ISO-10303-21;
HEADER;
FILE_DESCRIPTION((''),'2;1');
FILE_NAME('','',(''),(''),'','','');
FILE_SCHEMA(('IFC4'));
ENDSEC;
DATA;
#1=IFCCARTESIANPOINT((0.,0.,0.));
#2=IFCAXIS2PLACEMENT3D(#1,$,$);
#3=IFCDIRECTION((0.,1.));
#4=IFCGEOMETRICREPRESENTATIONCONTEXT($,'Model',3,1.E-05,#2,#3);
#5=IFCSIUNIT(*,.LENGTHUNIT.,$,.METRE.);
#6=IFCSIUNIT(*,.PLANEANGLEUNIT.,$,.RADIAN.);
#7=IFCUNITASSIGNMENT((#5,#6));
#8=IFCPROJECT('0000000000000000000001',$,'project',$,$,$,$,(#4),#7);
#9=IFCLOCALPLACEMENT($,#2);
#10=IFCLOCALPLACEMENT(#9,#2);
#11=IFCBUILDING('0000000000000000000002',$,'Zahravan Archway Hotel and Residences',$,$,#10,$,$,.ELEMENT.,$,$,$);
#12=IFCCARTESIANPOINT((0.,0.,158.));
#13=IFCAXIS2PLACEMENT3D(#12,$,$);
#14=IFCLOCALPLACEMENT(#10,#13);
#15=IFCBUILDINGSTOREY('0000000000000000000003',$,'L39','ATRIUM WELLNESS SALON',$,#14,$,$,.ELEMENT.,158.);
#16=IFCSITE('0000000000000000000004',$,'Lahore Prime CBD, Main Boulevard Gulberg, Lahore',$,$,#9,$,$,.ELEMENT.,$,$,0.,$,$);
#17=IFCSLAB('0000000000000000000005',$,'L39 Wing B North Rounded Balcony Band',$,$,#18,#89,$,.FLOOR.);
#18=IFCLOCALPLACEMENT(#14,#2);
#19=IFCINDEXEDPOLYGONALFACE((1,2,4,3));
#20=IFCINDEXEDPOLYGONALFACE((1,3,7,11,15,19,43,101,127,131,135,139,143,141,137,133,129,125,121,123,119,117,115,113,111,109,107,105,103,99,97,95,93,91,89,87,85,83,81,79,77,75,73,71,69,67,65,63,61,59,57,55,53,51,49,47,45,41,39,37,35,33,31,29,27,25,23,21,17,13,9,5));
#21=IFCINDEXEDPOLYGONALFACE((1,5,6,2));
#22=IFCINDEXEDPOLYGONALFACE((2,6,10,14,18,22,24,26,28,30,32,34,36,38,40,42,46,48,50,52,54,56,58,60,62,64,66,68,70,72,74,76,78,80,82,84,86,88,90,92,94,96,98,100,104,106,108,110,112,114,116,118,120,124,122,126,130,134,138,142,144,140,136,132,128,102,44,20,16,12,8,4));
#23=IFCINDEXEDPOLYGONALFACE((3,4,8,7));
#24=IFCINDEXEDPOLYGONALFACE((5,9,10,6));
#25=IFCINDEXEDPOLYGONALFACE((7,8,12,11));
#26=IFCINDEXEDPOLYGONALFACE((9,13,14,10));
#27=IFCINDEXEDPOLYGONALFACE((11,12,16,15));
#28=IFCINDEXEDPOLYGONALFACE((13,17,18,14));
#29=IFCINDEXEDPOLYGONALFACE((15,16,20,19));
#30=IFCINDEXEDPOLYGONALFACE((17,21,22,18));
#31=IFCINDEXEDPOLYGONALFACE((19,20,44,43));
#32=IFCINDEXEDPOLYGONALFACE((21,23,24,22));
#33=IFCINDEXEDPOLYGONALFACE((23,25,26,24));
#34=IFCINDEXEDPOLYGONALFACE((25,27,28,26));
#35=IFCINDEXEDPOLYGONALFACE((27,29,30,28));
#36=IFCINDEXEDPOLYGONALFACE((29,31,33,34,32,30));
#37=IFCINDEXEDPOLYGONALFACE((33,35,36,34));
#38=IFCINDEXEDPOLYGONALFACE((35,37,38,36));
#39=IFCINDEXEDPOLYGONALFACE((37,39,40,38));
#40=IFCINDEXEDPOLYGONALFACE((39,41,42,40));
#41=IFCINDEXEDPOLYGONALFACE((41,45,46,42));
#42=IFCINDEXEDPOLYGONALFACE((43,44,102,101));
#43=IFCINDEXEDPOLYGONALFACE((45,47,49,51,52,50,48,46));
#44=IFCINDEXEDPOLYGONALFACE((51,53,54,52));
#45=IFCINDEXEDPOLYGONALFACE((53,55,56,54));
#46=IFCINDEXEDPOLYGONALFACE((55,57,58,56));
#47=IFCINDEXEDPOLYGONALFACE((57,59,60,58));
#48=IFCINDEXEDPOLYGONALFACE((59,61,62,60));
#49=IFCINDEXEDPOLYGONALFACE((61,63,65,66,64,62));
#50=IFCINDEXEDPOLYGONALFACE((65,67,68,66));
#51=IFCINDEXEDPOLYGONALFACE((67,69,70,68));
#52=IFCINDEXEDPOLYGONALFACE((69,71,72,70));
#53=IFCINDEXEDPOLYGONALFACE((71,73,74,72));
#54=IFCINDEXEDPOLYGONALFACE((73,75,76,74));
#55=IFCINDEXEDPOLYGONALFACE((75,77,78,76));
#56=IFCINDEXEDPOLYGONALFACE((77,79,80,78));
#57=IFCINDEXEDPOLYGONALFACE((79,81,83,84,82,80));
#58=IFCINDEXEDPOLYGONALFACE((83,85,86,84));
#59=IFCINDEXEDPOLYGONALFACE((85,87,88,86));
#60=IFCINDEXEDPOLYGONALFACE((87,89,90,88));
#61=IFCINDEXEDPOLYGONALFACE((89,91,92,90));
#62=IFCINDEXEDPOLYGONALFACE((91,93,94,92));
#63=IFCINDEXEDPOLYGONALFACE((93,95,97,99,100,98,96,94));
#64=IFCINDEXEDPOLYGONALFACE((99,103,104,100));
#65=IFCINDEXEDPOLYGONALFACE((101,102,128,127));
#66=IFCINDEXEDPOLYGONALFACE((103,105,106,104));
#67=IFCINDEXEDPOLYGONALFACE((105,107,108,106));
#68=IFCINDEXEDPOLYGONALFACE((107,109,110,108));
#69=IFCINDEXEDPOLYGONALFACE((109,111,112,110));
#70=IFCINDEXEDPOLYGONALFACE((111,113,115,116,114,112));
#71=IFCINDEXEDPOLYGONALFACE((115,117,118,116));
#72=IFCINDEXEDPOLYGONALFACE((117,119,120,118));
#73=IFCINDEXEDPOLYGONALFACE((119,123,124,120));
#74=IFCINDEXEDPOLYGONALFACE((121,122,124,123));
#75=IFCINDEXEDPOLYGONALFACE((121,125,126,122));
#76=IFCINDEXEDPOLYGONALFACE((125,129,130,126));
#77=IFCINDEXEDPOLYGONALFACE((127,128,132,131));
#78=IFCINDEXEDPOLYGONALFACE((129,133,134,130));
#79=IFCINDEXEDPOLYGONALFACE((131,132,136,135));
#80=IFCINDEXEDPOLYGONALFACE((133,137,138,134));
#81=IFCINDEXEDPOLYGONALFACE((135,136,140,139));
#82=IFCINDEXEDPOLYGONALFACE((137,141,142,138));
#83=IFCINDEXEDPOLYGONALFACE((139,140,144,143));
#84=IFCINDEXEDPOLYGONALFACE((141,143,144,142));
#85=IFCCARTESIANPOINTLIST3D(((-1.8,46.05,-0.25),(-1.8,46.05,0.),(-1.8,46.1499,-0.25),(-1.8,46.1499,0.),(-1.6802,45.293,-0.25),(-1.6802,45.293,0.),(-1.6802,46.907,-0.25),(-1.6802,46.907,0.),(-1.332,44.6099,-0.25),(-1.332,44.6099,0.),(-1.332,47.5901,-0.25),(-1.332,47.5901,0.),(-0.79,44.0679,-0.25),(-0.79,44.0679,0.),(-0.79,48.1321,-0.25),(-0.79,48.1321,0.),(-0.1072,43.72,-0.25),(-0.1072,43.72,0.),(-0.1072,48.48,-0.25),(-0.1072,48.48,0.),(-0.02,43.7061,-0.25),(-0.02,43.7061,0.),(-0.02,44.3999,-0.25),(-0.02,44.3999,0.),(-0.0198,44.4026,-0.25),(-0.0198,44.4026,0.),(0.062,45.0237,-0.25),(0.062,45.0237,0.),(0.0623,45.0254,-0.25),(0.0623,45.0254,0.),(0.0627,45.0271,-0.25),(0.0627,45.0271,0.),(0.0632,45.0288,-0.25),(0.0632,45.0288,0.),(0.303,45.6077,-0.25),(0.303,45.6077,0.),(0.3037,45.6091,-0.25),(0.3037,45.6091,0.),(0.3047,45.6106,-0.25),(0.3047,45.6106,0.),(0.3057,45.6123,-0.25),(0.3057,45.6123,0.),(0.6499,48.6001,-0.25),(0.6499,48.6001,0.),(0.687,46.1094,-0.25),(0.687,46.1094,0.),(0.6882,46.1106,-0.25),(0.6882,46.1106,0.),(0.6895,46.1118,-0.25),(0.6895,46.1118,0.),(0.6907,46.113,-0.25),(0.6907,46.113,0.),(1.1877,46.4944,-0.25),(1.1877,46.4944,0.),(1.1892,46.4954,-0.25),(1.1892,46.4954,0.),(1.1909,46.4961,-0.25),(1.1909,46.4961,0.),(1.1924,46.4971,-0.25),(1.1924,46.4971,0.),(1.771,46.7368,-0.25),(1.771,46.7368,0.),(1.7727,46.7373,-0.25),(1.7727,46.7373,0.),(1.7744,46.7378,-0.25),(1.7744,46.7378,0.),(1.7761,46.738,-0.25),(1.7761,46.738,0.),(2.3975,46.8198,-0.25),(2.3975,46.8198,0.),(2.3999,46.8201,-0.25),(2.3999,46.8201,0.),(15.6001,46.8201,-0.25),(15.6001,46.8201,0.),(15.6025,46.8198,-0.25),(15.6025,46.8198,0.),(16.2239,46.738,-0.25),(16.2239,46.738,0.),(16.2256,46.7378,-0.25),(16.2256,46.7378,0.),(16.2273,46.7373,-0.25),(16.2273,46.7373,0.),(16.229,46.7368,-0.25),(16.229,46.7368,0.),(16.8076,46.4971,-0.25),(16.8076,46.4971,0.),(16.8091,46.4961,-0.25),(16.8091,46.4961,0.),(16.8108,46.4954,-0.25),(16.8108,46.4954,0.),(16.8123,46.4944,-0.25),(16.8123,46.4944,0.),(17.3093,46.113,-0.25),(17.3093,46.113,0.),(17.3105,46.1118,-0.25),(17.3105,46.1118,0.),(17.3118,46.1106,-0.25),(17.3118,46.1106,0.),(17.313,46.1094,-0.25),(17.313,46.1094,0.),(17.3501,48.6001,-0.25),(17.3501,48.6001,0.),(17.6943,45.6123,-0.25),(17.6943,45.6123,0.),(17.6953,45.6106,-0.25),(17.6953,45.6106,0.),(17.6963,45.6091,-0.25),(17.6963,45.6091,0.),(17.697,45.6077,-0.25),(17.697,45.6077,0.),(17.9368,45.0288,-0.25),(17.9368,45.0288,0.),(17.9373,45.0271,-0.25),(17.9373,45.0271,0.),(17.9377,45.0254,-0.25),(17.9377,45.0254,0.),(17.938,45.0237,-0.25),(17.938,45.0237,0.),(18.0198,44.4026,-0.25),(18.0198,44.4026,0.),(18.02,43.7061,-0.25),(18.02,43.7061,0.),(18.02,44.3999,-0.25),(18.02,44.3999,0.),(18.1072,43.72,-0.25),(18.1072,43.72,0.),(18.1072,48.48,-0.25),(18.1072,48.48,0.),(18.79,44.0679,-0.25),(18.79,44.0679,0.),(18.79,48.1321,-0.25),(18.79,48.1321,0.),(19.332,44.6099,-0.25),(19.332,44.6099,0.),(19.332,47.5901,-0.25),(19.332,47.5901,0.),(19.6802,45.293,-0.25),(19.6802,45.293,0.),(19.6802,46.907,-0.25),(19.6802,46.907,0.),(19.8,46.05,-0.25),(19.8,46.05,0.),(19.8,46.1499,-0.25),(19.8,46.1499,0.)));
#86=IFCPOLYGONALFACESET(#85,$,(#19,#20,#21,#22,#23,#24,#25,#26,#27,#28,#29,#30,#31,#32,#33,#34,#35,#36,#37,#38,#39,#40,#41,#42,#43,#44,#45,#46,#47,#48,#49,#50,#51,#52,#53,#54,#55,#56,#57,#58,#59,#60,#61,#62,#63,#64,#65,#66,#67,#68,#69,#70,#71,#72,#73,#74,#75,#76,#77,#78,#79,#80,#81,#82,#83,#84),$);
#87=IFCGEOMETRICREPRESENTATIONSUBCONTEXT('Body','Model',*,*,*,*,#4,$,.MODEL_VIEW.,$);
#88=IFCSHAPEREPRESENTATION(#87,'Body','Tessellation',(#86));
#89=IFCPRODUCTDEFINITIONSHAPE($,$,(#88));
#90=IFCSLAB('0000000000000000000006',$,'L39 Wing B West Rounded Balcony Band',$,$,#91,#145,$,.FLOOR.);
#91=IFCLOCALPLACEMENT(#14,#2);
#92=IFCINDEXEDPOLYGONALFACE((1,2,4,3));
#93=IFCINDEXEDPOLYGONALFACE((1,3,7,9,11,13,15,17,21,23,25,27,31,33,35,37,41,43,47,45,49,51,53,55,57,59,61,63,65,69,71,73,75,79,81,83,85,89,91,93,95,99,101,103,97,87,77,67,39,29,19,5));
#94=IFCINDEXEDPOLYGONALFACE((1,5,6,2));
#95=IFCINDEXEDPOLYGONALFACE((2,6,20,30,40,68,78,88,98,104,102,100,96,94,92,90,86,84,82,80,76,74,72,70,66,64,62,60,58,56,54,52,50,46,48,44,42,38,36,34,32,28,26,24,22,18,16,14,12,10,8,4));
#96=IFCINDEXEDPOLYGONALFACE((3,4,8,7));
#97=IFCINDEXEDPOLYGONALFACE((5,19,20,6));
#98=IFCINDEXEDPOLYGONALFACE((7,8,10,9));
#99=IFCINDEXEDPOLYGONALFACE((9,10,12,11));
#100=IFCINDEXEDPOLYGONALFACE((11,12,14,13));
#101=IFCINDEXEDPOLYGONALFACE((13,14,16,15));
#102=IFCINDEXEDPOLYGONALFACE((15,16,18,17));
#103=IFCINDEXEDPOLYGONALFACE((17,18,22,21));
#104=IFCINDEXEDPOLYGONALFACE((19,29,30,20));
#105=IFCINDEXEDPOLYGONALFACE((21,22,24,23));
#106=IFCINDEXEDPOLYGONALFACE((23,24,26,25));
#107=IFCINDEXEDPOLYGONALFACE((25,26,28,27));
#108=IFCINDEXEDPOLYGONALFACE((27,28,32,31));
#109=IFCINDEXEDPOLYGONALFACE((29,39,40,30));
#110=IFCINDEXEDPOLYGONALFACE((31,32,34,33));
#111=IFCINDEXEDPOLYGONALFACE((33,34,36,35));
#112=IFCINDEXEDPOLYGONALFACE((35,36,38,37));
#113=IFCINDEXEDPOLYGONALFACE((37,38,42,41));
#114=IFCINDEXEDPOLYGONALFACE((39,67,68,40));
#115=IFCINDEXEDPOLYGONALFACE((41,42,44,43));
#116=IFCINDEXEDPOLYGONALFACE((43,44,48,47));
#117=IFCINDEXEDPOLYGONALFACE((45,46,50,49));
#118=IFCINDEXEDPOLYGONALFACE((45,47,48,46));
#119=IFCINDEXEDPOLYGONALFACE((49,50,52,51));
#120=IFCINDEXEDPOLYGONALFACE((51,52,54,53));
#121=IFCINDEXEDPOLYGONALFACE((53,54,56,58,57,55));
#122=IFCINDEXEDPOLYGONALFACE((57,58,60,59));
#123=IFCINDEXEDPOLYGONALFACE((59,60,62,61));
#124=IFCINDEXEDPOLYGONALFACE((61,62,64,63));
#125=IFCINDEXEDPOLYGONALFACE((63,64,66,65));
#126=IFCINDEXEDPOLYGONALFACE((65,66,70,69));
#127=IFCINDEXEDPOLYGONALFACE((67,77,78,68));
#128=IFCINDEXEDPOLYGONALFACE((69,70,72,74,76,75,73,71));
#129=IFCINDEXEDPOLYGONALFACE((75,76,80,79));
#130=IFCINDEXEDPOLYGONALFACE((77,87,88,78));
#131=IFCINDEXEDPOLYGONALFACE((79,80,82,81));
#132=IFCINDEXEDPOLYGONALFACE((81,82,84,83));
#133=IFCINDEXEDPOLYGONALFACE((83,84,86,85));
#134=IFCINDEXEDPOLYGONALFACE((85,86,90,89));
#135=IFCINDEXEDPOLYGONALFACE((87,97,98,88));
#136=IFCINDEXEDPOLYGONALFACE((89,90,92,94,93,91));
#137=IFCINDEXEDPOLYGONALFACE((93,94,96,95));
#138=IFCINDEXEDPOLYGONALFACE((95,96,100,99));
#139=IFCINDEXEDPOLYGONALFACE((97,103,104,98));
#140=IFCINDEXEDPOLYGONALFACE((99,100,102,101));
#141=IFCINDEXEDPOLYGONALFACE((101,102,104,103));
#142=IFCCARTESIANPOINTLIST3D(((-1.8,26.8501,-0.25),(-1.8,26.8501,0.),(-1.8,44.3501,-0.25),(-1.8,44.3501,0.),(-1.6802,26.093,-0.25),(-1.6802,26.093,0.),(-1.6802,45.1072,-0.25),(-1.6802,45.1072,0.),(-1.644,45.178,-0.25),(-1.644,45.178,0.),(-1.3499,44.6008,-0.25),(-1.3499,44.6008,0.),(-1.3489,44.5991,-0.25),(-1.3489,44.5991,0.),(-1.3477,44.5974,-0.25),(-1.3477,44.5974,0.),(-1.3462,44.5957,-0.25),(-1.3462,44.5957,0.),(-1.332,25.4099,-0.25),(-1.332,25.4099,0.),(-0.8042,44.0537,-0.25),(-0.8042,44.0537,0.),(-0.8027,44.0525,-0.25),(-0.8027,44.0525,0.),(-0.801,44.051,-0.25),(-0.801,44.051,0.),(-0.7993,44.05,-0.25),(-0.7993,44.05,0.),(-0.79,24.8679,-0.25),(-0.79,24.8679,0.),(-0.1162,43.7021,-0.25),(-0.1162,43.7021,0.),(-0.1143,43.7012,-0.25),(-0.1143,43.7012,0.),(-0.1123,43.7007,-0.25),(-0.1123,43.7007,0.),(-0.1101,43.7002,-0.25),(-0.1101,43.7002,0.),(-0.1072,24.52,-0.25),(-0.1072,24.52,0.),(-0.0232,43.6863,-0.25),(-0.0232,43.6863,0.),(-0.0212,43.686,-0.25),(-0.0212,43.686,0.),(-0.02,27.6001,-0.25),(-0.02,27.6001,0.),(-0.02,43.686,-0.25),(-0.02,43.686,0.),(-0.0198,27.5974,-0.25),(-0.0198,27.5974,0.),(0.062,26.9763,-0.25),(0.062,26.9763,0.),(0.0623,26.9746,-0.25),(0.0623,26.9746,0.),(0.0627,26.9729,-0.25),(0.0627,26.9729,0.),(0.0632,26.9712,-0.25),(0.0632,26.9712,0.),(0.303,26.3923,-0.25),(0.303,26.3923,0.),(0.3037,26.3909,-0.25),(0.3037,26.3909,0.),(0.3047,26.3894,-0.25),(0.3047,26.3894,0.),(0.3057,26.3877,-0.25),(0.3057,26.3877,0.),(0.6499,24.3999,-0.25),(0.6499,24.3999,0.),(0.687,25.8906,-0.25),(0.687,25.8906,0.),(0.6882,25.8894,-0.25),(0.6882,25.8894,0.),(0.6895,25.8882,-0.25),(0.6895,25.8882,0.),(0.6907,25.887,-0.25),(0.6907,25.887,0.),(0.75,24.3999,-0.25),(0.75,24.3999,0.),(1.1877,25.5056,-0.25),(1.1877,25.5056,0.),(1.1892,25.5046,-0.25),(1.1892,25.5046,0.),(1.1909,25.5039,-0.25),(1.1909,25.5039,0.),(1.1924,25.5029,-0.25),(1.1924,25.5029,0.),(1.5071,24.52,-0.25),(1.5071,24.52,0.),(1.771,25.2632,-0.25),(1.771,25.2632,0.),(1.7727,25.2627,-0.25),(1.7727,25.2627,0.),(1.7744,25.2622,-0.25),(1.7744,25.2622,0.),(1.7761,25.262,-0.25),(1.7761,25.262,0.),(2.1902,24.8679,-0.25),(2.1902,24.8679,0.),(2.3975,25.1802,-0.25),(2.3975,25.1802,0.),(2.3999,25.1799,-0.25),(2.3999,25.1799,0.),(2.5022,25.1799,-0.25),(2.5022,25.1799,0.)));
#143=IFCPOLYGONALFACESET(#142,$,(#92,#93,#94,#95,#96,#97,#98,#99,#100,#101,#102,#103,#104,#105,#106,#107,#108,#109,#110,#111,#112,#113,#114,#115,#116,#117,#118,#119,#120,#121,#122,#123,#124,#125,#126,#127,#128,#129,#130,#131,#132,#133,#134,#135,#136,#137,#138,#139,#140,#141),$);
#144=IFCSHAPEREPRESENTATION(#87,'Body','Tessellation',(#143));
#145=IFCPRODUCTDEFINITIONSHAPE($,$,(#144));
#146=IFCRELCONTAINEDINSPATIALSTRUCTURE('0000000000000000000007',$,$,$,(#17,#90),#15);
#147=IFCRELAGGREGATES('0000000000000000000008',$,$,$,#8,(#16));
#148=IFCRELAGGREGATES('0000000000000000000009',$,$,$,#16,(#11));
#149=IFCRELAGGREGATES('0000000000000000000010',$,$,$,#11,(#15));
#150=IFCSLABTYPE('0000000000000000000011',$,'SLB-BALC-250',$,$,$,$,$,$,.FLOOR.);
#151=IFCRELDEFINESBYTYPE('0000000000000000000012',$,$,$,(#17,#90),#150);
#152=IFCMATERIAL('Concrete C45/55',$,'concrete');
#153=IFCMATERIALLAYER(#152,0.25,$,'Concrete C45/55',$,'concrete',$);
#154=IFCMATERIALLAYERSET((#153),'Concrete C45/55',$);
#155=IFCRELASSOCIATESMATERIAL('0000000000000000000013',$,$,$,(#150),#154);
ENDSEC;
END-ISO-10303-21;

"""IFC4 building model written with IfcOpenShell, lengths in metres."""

from ifc_helpers import new_model, si_unit, direction, frame, origin, place, context, subcontext, project, spatial, polyline, outline, extrude, material, layer, layer_set, type_object, element, save


model = new_model("IFC4")

# Units and contexts
model_context = context("Model", 3, precision=1e-05, world=origin(), true_north=direction((0.0, 1.0)))
body_context = subcontext(model_context, "Body", "Model", "MODEL_VIEW")
ifc_project = project(units=[si_unit("LENGTHUNIT", "METRE"), si_unit("PLANEANGLEUNIT", "RADIAN")], contexts=[model_context])

# Site, building, storey
site_placement = place(None, origin())
site = spatial("IfcSite", under=ifc_project, at=site_placement, Name="Lahore Prime CBD, Main Boulevard Gulberg, Lahore", CompositionType="ELEMENT", RefElevation=0.0)
building_placement = place(site_placement, origin())
building = spatial("IfcBuilding", under=site, at=building_placement, Name="Zahravan Archway Hotel and Residences", CompositionType="ELEMENT")
storey_placement = place(building_placement, frame((0.0, 0.0, 158.0)))
storey = spatial("IfcBuildingStorey", under=building, at=storey_placement, Name="L39", Description="ATRIUM WELLNESS SALON", CompositionType="ELEMENT", Elevation=158.0)

# Slabs
ifc_material_1 = material(Name="Concrete C45/55", Category="concrete")
ifc_layer_1 = layer(ifc_material_1, 0.25, Name="Concrete C45/55", Category="concrete")
ifc_layer_set_1 = layer_set([ifc_layer_1], Name="Concrete C45/55")
slab_type_1 = type_object("IfcSlabType", Name="SLB-BALC-250", PredefinedType="FLOOR", material=ifc_layer_set_1)
slab_1_placement = place(storey_placement, frame((0.0, 0.0, -0.25)))
element("IfcSlab", 1, at=slab_1_placement, inside=storey, type_object=slab_type_1, Name="L39 Wing B North Rounded Balcony Band", PredefinedType="FLOOR", context=body_context, shape_type="SweptSolid", body=[
    extrude(outline(polyline([(-0.1072, 43.72), (-0.79, 44.0679), (-1.332, 44.6099), (-1.6802, 45.293), (-1.8, 46.05), (-1.8, 46.1499), (-1.6802, 46.907), (-1.332, 47.5901), (-0.79, 48.1321), (-0.1072, 48.48), (0.6499, 48.6001), (17.3501, 48.6001), (18.1072, 48.48), (18.79, 48.1321), (19.332, 47.5901), (19.6802, 46.907), (19.8, 46.1499), (19.8, 46.05), (19.6802, 45.293), (19.332, 44.6099), (18.79, 44.0679), (18.1072, 43.72), (18.02, 43.7061), (18.02, 44.3999), (18.0198, 44.4026), (17.938, 45.0237), (17.9377, 45.0254), (17.9373, 45.0271), (17.9368, 45.0288), (17.697, 45.6077), (17.6963, 45.6091), (17.6953, 45.6106), (17.6943, 45.6123), (17.313, 46.1094), (17.3118, 46.1106), (17.3105, 46.1118), (17.3093, 46.113), (16.8123, 46.4944), (16.8108, 46.4954), (16.8091, 46.4961), (16.8076, 46.4971), (16.229, 46.7368), (16.2273, 46.7373), (16.2256, 46.7378), (16.2239, 46.738), (15.6025, 46.8198), (15.6001, 46.8201), (2.3999, 46.8201), (2.3975, 46.8198), (1.7761, 46.738), (1.7744, 46.7378), (1.7727, 46.7373), (1.771, 46.7368), (1.1924, 46.4971), (1.1909, 46.4961), (1.1892, 46.4954), (1.1877, 46.4944), (0.6907, 46.113), (0.6895, 46.1118), (0.6882, 46.1106), (0.687, 46.1094), (0.3057, 45.6123), (0.3047, 45.6106), (0.3037, 45.6091), (0.303, 45.6077), (0.0632, 45.0288), (0.0627, 45.0271), (0.0623, 45.0254), (0.062, 45.0237), (-0.0198, 44.4026), (-0.02, 44.3999), (-0.02, 43.7061), (-0.1072, 43.72)])), origin(), (0.0, 0.0, 1.0), 0.25),
])
slab_2_placement = place(storey_placement, frame((0.0, 0.0, -0.25)))
element("IfcSlab", 2, at=slab_2_placement, inside=storey, type_object=slab_type_1, Name="L39 Wing B West Rounded Balcony Band", PredefinedType="FLOOR", context=body_context, shape_type="SweptSolid", body=[
    extrude(outline(polyline([(2.1902, 24.8679), (1.5071, 24.52), (0.75, 24.3999), (0.6499, 24.3999), (-0.1072, 24.52), (-0.79, 24.8679), (-1.332, 25.4099), (-1.6802, 26.093), (-1.8, 26.8501), (-1.8, 44.3501), (-1.6802, 45.1072), (-1.644, 45.178), (-1.3499, 44.6008), (-1.3489, 44.5991), (-1.3477, 44.5974), (-1.3462, 44.5957), (-0.8042, 44.0537), (-0.8027, 44.0525), (-0.801, 44.051), (-0.7993, 44.05), (-0.1162, 43.7021), (-0.1143, 43.7012), (-0.1123, 43.7007), (-0.1101, 43.7002), (-0.0232, 43.6863), (-0.0212, 43.686), (-0.02, 43.686), (-0.02, 27.6001), (-0.0198, 27.5974), (0.062, 26.9763), (0.0623, 26.9746), (0.0627, 26.9729), (0.0632, 26.9712), (0.303, 26.3923), (0.3037, 26.3909), (0.3047, 26.3894), (0.3057, 26.3877), (0.687, 25.8906), (0.6882, 25.8894), (0.6895, 25.8882), (0.6907, 25.887), (1.1877, 25.5056), (1.1892, 25.5046), (1.1909, 25.5039), (1.1924, 25.5029), (1.771, 25.2632), (1.7727, 25.2627), (1.7744, 25.2622), (1.7761, 25.262), (2.3975, 25.1802), (2.3999, 25.1799), (2.5022, 25.1799), (2.1902, 24.8679)])), origin(), (0.0, 0.0, 1.0), 0.25),
])

save(model, "model.ifc")
